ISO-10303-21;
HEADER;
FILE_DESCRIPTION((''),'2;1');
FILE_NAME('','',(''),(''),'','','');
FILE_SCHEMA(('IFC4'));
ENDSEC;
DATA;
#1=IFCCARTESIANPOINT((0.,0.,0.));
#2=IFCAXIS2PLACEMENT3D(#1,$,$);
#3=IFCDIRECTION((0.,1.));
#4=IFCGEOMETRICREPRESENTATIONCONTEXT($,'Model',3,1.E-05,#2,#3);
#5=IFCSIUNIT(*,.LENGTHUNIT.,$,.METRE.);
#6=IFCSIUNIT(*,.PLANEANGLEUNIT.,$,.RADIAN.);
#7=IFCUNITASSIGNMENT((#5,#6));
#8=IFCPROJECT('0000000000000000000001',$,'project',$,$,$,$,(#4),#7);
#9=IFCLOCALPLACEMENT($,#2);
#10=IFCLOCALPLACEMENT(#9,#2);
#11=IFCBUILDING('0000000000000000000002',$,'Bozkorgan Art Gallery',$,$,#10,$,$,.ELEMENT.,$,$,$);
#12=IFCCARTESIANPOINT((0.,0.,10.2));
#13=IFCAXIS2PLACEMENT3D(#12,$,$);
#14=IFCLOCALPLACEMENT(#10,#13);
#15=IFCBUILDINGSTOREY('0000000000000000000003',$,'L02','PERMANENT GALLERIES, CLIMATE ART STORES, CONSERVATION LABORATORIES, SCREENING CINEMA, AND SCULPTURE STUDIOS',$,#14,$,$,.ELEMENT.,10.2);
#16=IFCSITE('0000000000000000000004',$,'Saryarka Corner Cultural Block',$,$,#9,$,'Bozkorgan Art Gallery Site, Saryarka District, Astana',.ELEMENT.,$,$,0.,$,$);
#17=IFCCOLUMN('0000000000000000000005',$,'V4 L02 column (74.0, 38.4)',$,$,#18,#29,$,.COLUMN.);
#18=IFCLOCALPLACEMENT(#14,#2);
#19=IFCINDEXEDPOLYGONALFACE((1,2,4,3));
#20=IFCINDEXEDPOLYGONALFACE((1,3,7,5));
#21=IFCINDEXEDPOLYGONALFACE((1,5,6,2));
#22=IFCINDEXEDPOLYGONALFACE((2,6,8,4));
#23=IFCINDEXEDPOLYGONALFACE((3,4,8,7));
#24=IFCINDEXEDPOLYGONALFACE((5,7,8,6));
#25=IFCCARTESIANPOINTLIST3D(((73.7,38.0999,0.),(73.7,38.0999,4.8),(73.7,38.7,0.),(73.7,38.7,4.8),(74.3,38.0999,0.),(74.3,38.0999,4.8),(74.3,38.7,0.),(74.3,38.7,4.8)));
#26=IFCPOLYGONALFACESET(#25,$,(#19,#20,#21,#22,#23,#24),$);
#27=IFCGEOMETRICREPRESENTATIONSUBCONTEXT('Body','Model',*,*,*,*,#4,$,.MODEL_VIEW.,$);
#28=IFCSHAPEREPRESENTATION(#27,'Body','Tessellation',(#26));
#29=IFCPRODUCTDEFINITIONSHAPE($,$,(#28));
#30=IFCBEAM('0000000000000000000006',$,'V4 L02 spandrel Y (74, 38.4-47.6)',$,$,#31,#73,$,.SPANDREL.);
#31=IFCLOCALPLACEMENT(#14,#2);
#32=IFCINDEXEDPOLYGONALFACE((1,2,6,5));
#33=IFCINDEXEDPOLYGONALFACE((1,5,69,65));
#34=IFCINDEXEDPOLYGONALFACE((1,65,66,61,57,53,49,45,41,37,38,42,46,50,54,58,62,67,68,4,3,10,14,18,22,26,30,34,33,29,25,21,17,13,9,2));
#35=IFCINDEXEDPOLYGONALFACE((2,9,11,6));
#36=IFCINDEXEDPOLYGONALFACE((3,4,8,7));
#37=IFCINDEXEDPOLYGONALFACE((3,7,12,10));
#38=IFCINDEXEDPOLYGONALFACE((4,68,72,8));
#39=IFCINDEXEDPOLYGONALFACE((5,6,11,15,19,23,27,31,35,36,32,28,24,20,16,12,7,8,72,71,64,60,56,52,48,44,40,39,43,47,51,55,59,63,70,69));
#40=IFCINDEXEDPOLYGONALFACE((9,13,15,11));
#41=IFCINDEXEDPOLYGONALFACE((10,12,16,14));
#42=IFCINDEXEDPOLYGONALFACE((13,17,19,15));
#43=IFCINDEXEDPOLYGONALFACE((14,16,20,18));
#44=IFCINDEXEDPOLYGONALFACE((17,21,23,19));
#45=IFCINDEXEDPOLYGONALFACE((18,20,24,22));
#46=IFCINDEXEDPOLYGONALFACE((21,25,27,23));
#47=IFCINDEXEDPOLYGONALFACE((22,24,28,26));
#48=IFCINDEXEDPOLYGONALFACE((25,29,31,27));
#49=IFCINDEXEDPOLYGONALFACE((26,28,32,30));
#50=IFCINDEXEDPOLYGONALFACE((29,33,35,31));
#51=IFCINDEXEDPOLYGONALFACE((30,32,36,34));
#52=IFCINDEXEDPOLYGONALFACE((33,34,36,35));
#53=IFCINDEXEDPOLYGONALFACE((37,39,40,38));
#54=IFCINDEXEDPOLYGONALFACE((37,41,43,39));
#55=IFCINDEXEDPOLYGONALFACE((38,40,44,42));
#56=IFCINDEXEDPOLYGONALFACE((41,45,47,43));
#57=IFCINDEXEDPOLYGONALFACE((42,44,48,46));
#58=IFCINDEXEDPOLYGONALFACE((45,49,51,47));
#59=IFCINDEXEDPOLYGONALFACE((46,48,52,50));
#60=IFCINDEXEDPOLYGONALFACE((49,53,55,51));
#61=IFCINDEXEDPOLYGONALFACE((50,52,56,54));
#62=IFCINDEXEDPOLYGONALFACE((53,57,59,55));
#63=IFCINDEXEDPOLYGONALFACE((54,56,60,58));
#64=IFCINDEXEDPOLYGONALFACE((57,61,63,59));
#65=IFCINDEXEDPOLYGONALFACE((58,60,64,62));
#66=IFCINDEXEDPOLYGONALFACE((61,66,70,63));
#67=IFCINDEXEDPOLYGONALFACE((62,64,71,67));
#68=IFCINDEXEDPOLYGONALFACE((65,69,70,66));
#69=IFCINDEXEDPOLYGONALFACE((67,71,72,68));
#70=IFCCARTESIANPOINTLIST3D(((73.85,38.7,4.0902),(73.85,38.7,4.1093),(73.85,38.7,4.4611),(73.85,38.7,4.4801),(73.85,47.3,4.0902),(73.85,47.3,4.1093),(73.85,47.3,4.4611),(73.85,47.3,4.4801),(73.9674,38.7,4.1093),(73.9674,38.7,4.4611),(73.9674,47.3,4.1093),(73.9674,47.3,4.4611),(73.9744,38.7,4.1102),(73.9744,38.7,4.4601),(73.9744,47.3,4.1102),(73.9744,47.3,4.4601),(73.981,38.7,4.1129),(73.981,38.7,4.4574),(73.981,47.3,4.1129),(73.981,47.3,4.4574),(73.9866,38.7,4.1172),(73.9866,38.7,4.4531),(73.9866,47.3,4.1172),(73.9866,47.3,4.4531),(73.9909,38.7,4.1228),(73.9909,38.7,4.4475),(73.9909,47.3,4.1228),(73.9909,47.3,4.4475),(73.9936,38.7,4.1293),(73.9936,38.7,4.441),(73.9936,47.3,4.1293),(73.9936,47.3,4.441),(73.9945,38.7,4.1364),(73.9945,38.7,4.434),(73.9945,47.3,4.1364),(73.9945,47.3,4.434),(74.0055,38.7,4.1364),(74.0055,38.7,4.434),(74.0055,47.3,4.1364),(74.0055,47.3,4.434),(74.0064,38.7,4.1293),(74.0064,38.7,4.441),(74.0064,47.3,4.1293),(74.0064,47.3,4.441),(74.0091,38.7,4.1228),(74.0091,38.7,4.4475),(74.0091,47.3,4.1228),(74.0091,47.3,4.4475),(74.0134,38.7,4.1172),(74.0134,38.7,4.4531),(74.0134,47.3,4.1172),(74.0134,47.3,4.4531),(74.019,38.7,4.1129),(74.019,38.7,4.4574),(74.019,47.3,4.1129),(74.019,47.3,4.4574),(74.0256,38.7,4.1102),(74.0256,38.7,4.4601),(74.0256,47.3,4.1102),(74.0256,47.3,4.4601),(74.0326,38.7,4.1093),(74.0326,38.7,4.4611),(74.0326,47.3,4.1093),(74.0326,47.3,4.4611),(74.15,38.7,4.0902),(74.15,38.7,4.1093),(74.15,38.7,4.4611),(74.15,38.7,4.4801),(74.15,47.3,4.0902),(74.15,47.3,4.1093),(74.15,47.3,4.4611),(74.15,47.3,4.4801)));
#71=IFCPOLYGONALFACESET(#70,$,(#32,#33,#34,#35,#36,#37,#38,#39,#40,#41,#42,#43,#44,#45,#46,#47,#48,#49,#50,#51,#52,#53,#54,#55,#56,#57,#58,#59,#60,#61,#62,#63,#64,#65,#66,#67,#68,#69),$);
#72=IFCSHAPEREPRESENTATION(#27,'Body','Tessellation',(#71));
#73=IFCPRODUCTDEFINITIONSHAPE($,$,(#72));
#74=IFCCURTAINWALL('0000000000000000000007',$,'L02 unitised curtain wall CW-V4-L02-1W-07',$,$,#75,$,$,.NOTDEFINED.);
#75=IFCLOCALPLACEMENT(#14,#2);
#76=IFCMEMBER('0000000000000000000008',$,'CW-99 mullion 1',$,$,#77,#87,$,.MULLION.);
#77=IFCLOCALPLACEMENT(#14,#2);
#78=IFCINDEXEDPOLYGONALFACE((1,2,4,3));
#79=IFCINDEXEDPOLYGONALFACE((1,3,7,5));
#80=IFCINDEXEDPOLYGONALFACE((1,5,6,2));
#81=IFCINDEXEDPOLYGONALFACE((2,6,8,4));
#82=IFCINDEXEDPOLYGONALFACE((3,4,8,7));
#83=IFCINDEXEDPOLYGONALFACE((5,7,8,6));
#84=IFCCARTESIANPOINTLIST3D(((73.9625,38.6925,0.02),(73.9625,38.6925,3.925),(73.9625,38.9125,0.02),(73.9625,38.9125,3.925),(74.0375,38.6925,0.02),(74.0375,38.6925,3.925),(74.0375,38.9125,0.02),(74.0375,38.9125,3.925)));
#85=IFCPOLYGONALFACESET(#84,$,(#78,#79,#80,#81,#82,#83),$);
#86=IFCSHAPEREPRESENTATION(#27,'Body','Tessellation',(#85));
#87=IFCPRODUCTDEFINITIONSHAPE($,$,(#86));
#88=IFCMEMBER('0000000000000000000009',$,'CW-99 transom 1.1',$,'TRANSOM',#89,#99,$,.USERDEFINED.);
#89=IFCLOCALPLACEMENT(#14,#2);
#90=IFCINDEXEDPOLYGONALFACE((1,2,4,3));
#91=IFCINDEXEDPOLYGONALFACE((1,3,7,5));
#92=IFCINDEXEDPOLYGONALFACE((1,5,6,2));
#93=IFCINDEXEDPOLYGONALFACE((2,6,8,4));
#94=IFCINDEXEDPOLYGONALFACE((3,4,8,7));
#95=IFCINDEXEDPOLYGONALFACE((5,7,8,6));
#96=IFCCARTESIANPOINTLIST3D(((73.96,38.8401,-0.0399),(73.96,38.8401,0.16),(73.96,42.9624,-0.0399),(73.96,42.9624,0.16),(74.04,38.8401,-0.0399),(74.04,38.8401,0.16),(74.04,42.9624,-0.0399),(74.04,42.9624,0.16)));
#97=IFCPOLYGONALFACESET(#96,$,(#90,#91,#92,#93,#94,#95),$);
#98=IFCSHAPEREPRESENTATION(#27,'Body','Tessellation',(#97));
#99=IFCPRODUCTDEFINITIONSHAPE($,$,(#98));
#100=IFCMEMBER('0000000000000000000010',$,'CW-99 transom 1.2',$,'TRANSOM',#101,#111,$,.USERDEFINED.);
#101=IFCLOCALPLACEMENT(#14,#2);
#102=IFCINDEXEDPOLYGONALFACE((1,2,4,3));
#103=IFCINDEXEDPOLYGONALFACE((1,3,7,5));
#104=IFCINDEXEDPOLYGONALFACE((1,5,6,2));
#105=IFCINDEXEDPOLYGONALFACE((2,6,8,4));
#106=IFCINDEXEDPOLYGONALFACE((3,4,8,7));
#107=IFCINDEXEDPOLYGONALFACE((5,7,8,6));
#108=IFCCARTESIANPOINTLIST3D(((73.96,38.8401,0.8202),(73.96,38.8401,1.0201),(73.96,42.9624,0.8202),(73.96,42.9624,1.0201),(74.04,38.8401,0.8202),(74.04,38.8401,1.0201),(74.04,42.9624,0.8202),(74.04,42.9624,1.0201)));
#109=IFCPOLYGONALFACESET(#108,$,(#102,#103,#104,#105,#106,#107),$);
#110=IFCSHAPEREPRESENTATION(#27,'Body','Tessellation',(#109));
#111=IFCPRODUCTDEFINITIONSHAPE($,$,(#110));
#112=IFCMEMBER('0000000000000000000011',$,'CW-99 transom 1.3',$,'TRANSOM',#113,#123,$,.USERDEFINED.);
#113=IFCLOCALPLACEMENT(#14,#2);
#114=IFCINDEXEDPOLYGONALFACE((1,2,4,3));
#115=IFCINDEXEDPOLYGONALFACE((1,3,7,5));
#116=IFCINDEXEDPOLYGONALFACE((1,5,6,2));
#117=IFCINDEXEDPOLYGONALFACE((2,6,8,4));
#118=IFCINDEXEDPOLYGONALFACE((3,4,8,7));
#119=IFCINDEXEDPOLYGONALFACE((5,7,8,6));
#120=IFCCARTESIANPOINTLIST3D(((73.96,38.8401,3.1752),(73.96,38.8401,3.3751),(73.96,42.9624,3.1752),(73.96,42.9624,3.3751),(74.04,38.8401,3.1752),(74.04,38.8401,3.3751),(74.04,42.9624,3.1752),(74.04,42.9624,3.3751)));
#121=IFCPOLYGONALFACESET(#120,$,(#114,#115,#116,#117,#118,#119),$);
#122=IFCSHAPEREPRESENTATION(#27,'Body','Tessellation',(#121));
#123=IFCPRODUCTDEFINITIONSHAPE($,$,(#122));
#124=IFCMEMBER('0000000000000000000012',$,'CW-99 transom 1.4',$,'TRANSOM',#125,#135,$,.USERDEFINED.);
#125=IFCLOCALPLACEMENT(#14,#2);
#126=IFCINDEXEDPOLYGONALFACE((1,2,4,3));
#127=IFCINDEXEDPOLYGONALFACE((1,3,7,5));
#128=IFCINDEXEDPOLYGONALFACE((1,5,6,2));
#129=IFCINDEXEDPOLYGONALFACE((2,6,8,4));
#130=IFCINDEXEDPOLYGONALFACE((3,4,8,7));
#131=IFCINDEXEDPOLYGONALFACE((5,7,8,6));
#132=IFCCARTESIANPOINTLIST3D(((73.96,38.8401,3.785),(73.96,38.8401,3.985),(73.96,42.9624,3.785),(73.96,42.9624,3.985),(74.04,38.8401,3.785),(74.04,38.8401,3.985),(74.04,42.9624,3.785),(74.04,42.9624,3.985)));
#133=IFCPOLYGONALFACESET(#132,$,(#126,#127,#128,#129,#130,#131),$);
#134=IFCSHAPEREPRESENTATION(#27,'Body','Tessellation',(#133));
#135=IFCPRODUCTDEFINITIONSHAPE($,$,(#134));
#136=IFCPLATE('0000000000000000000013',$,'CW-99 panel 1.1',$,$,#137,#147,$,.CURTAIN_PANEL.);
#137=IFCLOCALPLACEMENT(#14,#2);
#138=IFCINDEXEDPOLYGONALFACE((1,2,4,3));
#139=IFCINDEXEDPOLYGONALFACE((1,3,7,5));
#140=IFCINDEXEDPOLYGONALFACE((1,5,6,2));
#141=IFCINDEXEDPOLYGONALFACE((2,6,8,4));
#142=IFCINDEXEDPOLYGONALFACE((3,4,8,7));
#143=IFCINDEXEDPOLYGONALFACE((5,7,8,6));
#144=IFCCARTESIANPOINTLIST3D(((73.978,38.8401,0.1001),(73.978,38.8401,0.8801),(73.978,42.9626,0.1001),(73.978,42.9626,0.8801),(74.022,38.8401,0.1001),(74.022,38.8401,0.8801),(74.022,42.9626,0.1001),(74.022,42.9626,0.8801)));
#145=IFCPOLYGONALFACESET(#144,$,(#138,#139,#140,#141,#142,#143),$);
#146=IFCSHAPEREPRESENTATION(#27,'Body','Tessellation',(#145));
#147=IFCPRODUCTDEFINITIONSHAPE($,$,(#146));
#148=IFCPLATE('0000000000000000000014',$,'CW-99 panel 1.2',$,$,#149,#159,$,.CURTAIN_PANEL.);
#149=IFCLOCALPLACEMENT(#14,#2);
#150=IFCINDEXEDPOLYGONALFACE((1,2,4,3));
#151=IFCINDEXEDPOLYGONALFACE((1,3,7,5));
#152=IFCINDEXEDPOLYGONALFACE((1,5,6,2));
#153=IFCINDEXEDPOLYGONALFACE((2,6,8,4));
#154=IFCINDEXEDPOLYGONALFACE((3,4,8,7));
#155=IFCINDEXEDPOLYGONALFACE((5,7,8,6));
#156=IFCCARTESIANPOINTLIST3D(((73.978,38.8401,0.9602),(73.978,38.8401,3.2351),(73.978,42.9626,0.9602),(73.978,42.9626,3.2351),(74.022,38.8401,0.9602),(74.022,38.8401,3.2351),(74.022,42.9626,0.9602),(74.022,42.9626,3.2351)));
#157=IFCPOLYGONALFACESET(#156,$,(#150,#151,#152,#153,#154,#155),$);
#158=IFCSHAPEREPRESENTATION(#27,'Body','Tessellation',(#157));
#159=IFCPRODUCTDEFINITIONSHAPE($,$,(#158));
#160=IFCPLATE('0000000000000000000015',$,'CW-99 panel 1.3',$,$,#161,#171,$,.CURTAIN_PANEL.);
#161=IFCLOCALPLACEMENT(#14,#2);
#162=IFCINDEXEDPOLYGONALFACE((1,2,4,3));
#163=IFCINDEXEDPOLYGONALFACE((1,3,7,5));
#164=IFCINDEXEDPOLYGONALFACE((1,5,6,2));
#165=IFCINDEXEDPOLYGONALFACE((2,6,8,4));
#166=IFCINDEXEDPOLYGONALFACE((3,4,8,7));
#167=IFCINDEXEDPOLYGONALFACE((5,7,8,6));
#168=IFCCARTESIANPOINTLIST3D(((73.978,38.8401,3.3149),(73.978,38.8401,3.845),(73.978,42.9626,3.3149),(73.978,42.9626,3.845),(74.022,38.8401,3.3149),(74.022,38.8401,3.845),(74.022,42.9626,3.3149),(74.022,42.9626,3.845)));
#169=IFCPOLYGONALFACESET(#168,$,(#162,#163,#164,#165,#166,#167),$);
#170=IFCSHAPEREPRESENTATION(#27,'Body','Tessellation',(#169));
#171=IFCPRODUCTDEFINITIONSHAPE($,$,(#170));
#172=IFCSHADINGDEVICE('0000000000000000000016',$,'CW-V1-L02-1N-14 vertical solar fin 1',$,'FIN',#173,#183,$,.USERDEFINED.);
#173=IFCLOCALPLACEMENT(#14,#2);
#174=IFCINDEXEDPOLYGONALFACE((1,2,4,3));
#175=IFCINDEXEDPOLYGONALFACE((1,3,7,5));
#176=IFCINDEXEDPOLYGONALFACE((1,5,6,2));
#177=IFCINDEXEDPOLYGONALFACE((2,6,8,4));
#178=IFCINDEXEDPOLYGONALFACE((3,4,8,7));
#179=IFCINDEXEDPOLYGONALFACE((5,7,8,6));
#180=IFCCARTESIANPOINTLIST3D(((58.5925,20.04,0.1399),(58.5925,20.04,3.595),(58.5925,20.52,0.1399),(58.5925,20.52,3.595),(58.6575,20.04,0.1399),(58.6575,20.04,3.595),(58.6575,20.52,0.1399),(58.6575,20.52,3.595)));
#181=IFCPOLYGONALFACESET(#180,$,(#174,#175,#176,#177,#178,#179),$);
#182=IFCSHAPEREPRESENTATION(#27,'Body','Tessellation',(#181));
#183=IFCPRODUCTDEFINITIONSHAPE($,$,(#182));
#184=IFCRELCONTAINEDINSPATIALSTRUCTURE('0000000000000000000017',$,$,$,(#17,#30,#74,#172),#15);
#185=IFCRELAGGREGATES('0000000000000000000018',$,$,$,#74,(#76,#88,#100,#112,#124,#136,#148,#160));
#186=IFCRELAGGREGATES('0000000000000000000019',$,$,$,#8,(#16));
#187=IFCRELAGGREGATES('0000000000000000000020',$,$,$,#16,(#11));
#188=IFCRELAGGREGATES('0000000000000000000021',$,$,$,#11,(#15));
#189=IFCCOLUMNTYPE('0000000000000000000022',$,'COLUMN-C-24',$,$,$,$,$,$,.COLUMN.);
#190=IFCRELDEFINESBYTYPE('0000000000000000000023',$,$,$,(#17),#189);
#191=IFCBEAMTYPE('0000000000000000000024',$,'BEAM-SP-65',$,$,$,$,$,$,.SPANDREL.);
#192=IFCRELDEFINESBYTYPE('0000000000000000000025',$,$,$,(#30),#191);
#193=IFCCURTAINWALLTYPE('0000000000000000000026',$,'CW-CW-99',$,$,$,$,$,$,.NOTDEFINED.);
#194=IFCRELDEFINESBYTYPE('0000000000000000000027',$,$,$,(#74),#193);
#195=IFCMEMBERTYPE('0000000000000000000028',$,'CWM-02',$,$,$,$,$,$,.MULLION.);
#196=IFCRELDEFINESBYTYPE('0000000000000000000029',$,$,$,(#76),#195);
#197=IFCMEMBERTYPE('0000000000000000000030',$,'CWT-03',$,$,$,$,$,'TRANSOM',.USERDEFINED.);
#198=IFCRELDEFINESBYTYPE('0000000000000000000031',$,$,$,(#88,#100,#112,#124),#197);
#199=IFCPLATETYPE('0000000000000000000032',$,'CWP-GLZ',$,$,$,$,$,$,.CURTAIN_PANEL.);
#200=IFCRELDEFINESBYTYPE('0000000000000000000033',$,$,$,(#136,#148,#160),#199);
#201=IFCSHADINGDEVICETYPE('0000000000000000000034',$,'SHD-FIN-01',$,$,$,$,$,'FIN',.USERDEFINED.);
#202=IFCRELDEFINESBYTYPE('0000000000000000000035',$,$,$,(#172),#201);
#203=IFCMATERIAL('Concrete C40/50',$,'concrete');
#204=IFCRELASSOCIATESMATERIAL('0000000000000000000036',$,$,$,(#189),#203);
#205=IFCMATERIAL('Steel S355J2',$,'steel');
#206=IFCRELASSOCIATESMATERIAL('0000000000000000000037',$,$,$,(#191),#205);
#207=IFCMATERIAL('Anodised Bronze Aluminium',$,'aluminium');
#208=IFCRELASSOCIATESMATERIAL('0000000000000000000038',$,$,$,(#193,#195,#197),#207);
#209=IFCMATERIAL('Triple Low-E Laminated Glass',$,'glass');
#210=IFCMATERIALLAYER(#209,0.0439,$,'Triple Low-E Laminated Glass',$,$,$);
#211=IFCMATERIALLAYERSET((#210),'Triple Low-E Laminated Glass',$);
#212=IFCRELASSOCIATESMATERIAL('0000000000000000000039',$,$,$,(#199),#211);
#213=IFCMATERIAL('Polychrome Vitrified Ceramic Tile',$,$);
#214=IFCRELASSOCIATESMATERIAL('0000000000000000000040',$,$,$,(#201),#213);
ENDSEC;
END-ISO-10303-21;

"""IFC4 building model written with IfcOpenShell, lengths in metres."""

from ifc_helpers import new_model, si_unit, direction, frame, origin, origin_2d, place, context, subcontext, project, spatial, rectangle, i_section, extrude, material, layer, layer_set, material_profile, profile_set, type_object, element, aggregate, save


model = new_model("IFC4")

# Units and contexts
model_context = context("Model", 3, precision=1e-05, world=origin(), true_north=direction((0.0, 1.0)))
body_context = subcontext(model_context, "Body", "Model", "MODEL_VIEW")
ifc_project = project(units=[si_unit("LENGTHUNIT", "METRE"), si_unit("PLANEANGLEUNIT", "RADIAN")], contexts=[model_context])

# Site, building, storey
site_placement = place(None, origin())
site = spatial("IfcSite", under=ifc_project, at=site_placement, Name="Saryarka Corner Cultural Block", LongName="Bozkorgan Art Gallery Site, Saryarka District, Astana", CompositionType="ELEMENT", RefElevation=0.0)
building_placement = place(site_placement, origin())
building = spatial("IfcBuilding", under=site, at=building_placement, Name="Bozkorgan Art Gallery", CompositionType="ELEMENT")
storey_placement = place(building_placement, frame((0.0, 0.0, 10.2)))
storey = spatial("IfcBuildingStorey", under=building, at=storey_placement, Name="L02", Description="PERMANENT GALLERIES, CLIMATE ART STORES, CONSERVATION LABORATORIES, SCREENING CINEMA, AND SCULPTURE STUDIOS", CompositionType="ELEMENT", Elevation=10.2)

# Column
ifc_material_1 = material(Name="Concrete C40/50", Category="concrete")
ifc_material_profile_1 = material_profile(ifc_material_1, rectangle(XDim=0.6001, YDim=0.6001, at=origin_2d()), Name="RC 600x600")
ifc_profile_set_1 = profile_set([ifc_material_profile_1], Name="Concrete C40/50")
column_type = type_object("IfcColumnType", Name="COLUMN-C-24", PredefinedType="COLUMN", material=ifc_profile_set_1)
column_placement = place(storey_placement, frame((74.0, 38.3999, 0.0), z_axis=(0.0, 0.0, 1.0), x_axis=(1.0, 0.0, 0.0)))
element("IfcColumn", 1, at=column_placement, inside=storey, type_object=column_type, Name="V4 L02 column (74.0, 38.4)", PredefinedType="COLUMN", context=body_context, shape_type="SweptSolid", body=[
    extrude(rectangle(XDim=0.6001, YDim=0.6001, at=origin_2d()), origin(), (0.0, 0.0, 1.0), 4.8),
])

# Beam
ifc_material_2 = material(Name="Steel S355J2", Category="steel")
ifc_material_profile_2 = material_profile(ifc_material_2, i_section(OverallWidth=0.3, OverallDepth=0.3899, WebThickness=0.011, FlangeThickness=0.019, FilletRadius=0.0271, at=origin_2d()), Name="HEA 400")
ifc_profile_set_2 = profile_set([ifc_material_profile_2], Name="Steel S355J2")
beam_type = type_object("IfcBeamType", Name="BEAM-SP-65", PredefinedType="SPANDREL", material=ifc_profile_set_2)
beam_placement = place(storey_placement, frame((74.0, 38.7, 4.2852), z_axis=(0.0, 1.0, 0.0), x_axis=(-1.0, 0.0, 0.0)))
element("IfcBeam", 2, at=beam_placement, inside=storey, type_object=beam_type, Name="V4 L02 spandrel Y (74, 38.4-47.6)", PredefinedType="SPANDREL", context=body_context, shape_type="SweptSolid", body=[
    extrude(i_section(OverallWidth=0.3, OverallDepth=0.3899, WebThickness=0.011, FlangeThickness=0.019, FilletRadius=0.0271, at=origin_2d()), origin(), (0.0, 0.0, 1.0), 8.6001),
])

# Curtain wall, members, plates
ifc_material_3 = material(Name="Anodised Bronze Aluminium", Category="aluminium")
curtain_wall_type = type_object("IfcCurtainWallType", Name="CW-CW-99", PredefinedType="NOTDEFINED", material=ifc_material_3)
curtain_wall_placement = place(storey_placement, origin())
curtain_wall = element("IfcCurtainWall", 3, at=curtain_wall_placement, inside=storey, type_object=curtain_wall_type, Name="L02 unitised curtain wall CW-V4-L02-1W-07", PredefinedType="NOTDEFINED")
ifc_material_profile_3 = material_profile(ifc_material_3, rectangle(XDim=0.075, YDim=0.22, at=origin_2d()), Name="ALU MULLION 75x220")
ifc_profile_set_3 = profile_set([ifc_material_profile_3], Name="Anodised Bronze Aluminium")
member_type_1 = type_object("IfcMemberType", Name="CWM-02", PredefinedType="MULLION", material=ifc_profile_set_3)
member_1_placement = place(storey_placement, frame((74.0, 38.8025, 0.02), z_axis=(0.0, 0.0, 1.0), x_axis=(-1.0, 0.0, 0.0)))
member_1 = element("IfcMember", 4, at=member_1_placement, type_object=member_type_1, Name="CW-99 mullion 1", PredefinedType="MULLION", context=body_context, shape_type="SweptSolid", body=[
    extrude(rectangle(XDim=0.075, YDim=0.22, at=origin_2d()), origin(), (0.0, 0.0, 1.0), 3.905),
])
ifc_material_profile_4 = material_profile(ifc_material_3, rectangle(XDim=0.0801, YDim=0.2, at=origin_2d()), Name="ALU TRANSOM 80x200")
ifc_profile_set_4 = profile_set([ifc_material_profile_4], Name="Anodised Bronze Aluminium")
member_type_2 = type_object("IfcMemberType", Name="CWT-03", ElementType="TRANSOM", PredefinedType="USERDEFINED", material=ifc_profile_set_4)
member_2_placement = place(storey_placement, frame((74.0, 38.8401, 0.0601), z_axis=(0.0, 1.0, 0.0), x_axis=(-1.0, 0.0, 0.0)))
member_2 = element("IfcMember", 5, at=member_2_placement, type_object=member_type_2, Name="CW-99 transom 1.1", ObjectType="TRANSOM", PredefinedType="USERDEFINED", context=body_context, shape_type="SweptSolid", body=[
    extrude(rectangle(XDim=0.0801, YDim=0.2, at=origin_2d()), origin(), (0.0, 0.0, 1.0), 4.1223),
])
member_3_placement = place(storey_placement, frame((74.0, 38.8401, 0.9202), z_axis=(0.0, 1.0, 0.0), x_axis=(-1.0, 0.0, 0.0)))
member_3 = element("IfcMember", 6, at=member_3_placement, type_object=member_type_2, Name="CW-99 transom 1.2", ObjectType="TRANSOM", PredefinedType="USERDEFINED", context=body_context, shape_type="SweptSolid", body=[
    extrude(rectangle(XDim=0.0801, YDim=0.2, at=origin_2d()), origin(), (0.0, 0.0, 1.0), 4.1223),
])
member_4_placement = place(storey_placement, frame((74.0, 38.8401, 3.2751), z_axis=(0.0, 1.0, 0.0), x_axis=(-1.0, 0.0, 0.0)))
member_4 = element("IfcMember", 7, at=member_4_placement, type_object=member_type_2, Name="CW-99 transom 1.3", ObjectType="TRANSOM", PredefinedType="USERDEFINED", context=body_context, shape_type="SweptSolid", body=[
    extrude(rectangle(XDim=0.0801, YDim=0.2, at=origin_2d()), origin(), (0.0, 0.0, 1.0), 4.1223),
])
member_5_placement = place(storey_placement, frame((74.0, 38.8401, 3.885), z_axis=(0.0, 1.0, 0.0), x_axis=(-1.0, 0.0, 0.0)))
member_5 = element("IfcMember", 8, at=member_5_placement, type_object=member_type_2, Name="CW-99 transom 1.4", ObjectType="TRANSOM", PredefinedType="USERDEFINED", context=body_context, shape_type="SweptSolid", body=[
    extrude(rectangle(XDim=0.0801, YDim=0.2, at=origin_2d()), origin(), (0.0, 0.0, 1.0), 4.1223),
])
ifc_material_4 = material(Name="Triple Low-E Laminated Glass", Category="glass")
ifc_layer = layer(ifc_material_4, 0.0439, Name="Triple Low-E Laminated Glass")
ifc_layer_set = layer_set([ifc_layer], Name="Triple Low-E Laminated Glass")
plate_type = type_object("IfcPlateType", Name="CWP-GLZ", PredefinedType="CURTAIN_PANEL", material=ifc_layer_set)
plate_1_placement = place(storey_placement, frame((74.0, 40.9014, 0.1001), z_axis=(0.0, 0.0, 1.0), x_axis=(0.0, 1.0, 0.0)))
plate_1 = element("IfcPlate", 9, at=plate_1_placement, type_object=plate_type, Name="CW-99 panel 1.1", PredefinedType="CURTAIN_PANEL", context=body_context, shape_type="SweptSolid", body=[
    extrude(rectangle(XDim=4.1226, YDim=0.0439, at=origin_2d()), origin(), (0.0, 0.0, 1.0), 0.78),
])
plate_2_placement = place(storey_placement, frame((74.0, 40.9014, 0.9602), z_axis=(0.0, 0.0, 1.0), x_axis=(0.0, 1.0, 0.0)))
plate_2 = element("IfcPlate", 10, at=plate_2_placement, type_object=plate_type, Name="CW-99 panel 1.2", PredefinedType="CURTAIN_PANEL", context=body_context, shape_type="SweptSolid", body=[
    extrude(rectangle(XDim=4.1226, YDim=0.0439, at=origin_2d()), origin(), (0.0, 0.0, 1.0), 2.2749),
])
plate_3_placement = place(storey_placement, frame((74.0, 40.9014, 3.3149), z_axis=(0.0, 0.0, 1.0), x_axis=(0.0, 1.0, 0.0)))
plate_3 = element("IfcPlate", 11, at=plate_3_placement, type_object=plate_type, Name="CW-99 panel 1.3", PredefinedType="CURTAIN_PANEL", context=body_context, shape_type="SweptSolid", body=[
    extrude(rectangle(XDim=4.1226, YDim=0.0439, at=origin_2d()), origin(), (0.0, 0.0, 1.0), 0.53),
])
aggregate(curtain_wall, [member_1, member_2, member_3, member_4, member_5, plate_1, plate_2, plate_3])

# Shading device
ifc_material_5 = material(Name="Polychrome Vitrified Ceramic Tile")
shading_device_type = type_object("IfcShadingDeviceType", Name="SHD-FIN-01", ElementType="FIN", PredefinedType="USERDEFINED", material=ifc_material_5)
for number, where, z_axis, x_axis, name in (
    (12, (58.625, 20.28, 0.1399), (0.0, 0.0, 1.0), (0.0, 1.0, 0.0), "CW-V1-L02-1N-14 vertical solar fin 1"),
):
    element("IfcShadingDevice", number, at=place(storey_placement, frame(where, z_axis=z_axis, x_axis=x_axis)), inside=storey, type_object=shading_device_type, Name=name, ObjectType="FIN", PredefinedType="USERDEFINED", context=body_context, shape_type="SweptSolid", body=[
        extrude(rectangle(XDim=0.48, YDim=0.0649, at=origin_2d()), origin(), (0.0, 0.0, 1.0), 3.4551),
    ])

save(model, "model.ifc")
